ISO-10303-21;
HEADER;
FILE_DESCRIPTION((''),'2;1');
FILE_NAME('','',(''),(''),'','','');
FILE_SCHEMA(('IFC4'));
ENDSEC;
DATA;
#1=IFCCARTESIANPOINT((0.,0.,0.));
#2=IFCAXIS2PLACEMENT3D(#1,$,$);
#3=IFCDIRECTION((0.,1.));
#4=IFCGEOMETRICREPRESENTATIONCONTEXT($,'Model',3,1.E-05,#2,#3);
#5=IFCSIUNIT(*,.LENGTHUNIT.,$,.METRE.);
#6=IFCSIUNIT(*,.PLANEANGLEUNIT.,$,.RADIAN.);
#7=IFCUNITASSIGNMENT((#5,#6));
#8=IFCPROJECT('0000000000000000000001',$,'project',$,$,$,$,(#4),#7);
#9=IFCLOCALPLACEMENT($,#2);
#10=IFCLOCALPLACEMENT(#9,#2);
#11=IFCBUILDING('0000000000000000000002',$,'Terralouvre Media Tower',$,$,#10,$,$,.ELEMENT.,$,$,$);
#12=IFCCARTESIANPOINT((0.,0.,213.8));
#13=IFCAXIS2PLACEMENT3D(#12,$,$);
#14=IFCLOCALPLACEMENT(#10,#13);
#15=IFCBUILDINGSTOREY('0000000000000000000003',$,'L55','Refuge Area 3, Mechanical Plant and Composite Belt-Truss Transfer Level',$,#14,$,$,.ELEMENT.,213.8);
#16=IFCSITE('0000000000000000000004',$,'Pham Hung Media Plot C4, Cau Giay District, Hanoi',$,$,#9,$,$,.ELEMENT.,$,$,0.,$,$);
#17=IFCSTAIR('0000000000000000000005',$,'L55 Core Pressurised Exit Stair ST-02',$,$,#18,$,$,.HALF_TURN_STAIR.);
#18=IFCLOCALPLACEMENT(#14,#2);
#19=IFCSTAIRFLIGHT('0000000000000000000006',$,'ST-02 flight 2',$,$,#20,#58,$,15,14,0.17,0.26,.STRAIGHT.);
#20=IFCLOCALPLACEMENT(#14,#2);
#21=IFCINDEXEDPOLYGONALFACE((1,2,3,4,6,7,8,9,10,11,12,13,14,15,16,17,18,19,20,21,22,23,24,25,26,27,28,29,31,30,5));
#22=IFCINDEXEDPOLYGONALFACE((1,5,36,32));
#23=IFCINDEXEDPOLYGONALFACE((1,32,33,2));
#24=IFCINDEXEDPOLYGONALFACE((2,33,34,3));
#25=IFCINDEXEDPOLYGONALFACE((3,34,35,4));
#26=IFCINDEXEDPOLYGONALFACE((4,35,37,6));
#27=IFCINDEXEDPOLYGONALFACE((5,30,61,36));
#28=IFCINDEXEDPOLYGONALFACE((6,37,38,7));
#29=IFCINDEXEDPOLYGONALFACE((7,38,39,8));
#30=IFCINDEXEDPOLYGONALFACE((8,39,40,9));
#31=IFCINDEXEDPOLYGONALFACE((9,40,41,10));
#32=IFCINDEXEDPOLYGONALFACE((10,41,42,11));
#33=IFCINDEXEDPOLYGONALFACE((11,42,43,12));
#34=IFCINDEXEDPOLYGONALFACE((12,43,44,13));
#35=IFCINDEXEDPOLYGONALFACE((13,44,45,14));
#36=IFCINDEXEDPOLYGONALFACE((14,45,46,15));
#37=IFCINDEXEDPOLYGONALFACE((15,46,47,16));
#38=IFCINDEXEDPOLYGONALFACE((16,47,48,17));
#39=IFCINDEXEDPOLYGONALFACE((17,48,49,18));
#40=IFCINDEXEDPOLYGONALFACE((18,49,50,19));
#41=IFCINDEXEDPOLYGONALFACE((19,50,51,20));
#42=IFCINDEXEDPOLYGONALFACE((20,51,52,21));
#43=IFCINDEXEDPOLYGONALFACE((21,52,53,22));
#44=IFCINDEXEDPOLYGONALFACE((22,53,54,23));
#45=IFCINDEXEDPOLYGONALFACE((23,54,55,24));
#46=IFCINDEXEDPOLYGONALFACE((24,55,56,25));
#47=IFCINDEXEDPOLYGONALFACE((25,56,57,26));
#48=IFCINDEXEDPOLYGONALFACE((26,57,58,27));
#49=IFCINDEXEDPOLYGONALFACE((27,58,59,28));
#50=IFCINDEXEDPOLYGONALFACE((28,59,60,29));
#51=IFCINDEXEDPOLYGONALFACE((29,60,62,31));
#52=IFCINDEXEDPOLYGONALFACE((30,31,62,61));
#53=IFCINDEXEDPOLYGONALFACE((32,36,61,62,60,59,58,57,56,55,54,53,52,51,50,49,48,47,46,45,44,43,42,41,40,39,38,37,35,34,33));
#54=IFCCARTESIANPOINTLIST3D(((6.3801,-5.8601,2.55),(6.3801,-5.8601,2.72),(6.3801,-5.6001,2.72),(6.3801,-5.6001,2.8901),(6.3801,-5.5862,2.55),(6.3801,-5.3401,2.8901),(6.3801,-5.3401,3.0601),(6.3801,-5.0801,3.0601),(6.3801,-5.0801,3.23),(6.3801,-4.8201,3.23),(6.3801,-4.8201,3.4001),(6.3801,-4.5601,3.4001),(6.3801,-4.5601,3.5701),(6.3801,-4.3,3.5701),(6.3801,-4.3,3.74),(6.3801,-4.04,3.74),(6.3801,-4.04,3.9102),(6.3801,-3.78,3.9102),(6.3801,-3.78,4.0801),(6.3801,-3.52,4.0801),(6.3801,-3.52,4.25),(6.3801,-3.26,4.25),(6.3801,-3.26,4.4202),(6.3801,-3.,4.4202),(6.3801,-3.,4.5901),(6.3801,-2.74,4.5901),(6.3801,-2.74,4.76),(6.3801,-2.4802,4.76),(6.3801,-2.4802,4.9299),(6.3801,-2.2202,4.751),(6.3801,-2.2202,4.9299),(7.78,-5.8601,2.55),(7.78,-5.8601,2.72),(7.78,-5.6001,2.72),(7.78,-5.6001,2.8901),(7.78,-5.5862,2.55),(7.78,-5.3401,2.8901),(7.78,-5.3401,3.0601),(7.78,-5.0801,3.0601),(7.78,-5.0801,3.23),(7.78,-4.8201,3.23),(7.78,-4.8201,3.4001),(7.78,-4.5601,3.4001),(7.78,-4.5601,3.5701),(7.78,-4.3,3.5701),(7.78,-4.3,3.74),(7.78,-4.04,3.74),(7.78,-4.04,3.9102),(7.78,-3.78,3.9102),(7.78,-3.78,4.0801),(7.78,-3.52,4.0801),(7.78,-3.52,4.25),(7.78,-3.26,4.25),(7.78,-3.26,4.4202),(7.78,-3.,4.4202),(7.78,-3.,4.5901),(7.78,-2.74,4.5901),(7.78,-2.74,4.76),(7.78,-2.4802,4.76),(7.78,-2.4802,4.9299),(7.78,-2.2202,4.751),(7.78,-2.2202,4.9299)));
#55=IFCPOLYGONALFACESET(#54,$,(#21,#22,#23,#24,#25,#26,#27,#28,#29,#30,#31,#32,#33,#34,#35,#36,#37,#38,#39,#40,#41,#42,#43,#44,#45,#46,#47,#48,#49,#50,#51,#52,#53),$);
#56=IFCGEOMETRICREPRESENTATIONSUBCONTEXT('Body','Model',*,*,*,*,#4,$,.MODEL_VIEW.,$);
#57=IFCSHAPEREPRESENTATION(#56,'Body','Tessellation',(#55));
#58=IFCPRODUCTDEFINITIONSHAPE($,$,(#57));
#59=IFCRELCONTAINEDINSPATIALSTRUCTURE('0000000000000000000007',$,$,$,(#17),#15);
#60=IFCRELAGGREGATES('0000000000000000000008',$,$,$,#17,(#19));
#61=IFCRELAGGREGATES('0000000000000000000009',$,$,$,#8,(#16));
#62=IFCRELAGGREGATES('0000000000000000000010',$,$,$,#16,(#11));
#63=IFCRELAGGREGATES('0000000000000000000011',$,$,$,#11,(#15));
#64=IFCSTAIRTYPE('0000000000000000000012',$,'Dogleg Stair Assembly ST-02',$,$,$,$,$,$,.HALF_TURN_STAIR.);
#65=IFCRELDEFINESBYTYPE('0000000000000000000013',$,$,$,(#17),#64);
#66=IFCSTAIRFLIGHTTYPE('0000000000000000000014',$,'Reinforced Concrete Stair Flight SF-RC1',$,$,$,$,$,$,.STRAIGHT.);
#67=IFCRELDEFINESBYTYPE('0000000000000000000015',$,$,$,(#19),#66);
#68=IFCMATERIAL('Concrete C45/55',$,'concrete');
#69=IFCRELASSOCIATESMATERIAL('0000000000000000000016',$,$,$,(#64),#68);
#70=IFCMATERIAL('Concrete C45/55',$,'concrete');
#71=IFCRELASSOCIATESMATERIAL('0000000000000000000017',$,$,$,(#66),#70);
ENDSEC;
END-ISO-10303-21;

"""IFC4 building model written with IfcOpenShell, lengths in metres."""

from ifc_helpers import new_model, si_unit, direction, frame, origin, place, context, subcontext, project, spatial, polyline, outline, extrude, material, type_object, element, aggregate, save


model = new_model("IFC4")

# Units and contexts
model_context = context("Model", 3, precision=1e-05, world=origin(), true_north=direction((0.0, 1.0)))
body_context = subcontext(model_context, "Body", "Model", "MODEL_VIEW")
ifc_project = project(units=[si_unit("LENGTHUNIT", "METRE"), si_unit("PLANEANGLEUNIT", "RADIAN")], contexts=[model_context])

# Site, building, storey
site_placement = place(None, origin())
site = spatial("IfcSite", under=ifc_project, at=site_placement, Name="Pham Hung Media Plot C4, Cau Giay District, Hanoi", CompositionType="ELEMENT", RefElevation=0.0)
building_placement = place(site_placement, origin())
building = spatial("IfcBuilding", under=site, at=building_placement, Name="Terralouvre Media Tower", CompositionType="ELEMENT")
storey_placement = place(building_placement, frame((0.0, 0.0, 213.8)))
storey = spatial("IfcBuildingStorey", under=building, at=storey_placement, Name="L55", Description="Refuge Area 3, Mechanical Plant and Composite Belt-Truss Transfer Level", CompositionType="ELEMENT", Elevation=213.8)

# Stair
ifc_material_1 = material(Name="Concrete C45/55", Category="concrete")
stair_type_1 = type_object("IfcStairType", Name="Dogleg Stair Assembly ST-02", PredefinedType="HALF_TURN_STAIR", material=ifc_material_1)
stair_1_placement = place(storey_placement, origin())
stair_1 = element("IfcStair", 1, at=stair_1_placement, inside=storey, type_object=stair_type_1, Name="L55 Core Pressurised Exit Stair ST-02", PredefinedType="HALF_TURN_STAIR")

# Stair flight
ifc_material_2 = material(Name="Concrete C45/55", Category="concrete")
stair_flight_type = type_object("IfcStairFlightType", Name="Reinforced Concrete Stair Flight SF-RC1", PredefinedType="STRAIGHT", material=ifc_material_2)
stair_flight_1_placement = place(storey_placement, frame((7.0801, -5.8601, 2.55), z_axis=(0.0, 0.0, 1.0), x_axis=(0.0, 1.0, 0.0)))
stair_flight_1 = element("IfcStairFlight", 2, at=stair_flight_1_placement, type_object=stair_flight_type, Name="ST-02 flight 2", NumberOfRisers=15, NumberOfTreads=14, PredefinedType="STRAIGHT", RiserHeight=0.17, TreadLength=0.26, context=body_context, shape_type="SweptSolid", body=[
    extrude(outline(polyline([(0.0, 0.0), (0.0, 0.1699), (0.26, 0.1699), (0.26, 0.3401), (0.52, 0.3401), (0.52, 0.51), (0.78, 0.51), (0.78, 0.6799), (1.04, 0.6799), (1.04, 0.8501), (1.3, 0.8501), (1.3, 1.02), (1.5601, 1.02), (1.5601, 1.1899), (1.8201, 1.1899), (1.8201, 1.3601), (2.0801, 1.3601), (2.0801, 1.53), (2.3401, 1.53), (2.3401, 1.7), (2.6001, 1.7), (2.6001, 1.8701), (2.8601, 1.8701), (2.8601, 2.04), (3.1201, 2.04), (3.1201, 2.21), (3.3799, 2.21), (3.3799, 2.3799), (3.6399, 2.3799), (3.6399, 2.55), (3.6399, 2.2009), (0.2739, 0.0), (0.0, 0.0)])), frame((0.0, 0.7, 0.0), z_axis=(0.0, -1.0, 0.0), x_axis=(1.0, 0.0, 0.0)), (0.0, 0.0, 1.0), 1.3999),
])
aggregate(stair_1, [stair_flight_1])

save(model, "model.ifc")
